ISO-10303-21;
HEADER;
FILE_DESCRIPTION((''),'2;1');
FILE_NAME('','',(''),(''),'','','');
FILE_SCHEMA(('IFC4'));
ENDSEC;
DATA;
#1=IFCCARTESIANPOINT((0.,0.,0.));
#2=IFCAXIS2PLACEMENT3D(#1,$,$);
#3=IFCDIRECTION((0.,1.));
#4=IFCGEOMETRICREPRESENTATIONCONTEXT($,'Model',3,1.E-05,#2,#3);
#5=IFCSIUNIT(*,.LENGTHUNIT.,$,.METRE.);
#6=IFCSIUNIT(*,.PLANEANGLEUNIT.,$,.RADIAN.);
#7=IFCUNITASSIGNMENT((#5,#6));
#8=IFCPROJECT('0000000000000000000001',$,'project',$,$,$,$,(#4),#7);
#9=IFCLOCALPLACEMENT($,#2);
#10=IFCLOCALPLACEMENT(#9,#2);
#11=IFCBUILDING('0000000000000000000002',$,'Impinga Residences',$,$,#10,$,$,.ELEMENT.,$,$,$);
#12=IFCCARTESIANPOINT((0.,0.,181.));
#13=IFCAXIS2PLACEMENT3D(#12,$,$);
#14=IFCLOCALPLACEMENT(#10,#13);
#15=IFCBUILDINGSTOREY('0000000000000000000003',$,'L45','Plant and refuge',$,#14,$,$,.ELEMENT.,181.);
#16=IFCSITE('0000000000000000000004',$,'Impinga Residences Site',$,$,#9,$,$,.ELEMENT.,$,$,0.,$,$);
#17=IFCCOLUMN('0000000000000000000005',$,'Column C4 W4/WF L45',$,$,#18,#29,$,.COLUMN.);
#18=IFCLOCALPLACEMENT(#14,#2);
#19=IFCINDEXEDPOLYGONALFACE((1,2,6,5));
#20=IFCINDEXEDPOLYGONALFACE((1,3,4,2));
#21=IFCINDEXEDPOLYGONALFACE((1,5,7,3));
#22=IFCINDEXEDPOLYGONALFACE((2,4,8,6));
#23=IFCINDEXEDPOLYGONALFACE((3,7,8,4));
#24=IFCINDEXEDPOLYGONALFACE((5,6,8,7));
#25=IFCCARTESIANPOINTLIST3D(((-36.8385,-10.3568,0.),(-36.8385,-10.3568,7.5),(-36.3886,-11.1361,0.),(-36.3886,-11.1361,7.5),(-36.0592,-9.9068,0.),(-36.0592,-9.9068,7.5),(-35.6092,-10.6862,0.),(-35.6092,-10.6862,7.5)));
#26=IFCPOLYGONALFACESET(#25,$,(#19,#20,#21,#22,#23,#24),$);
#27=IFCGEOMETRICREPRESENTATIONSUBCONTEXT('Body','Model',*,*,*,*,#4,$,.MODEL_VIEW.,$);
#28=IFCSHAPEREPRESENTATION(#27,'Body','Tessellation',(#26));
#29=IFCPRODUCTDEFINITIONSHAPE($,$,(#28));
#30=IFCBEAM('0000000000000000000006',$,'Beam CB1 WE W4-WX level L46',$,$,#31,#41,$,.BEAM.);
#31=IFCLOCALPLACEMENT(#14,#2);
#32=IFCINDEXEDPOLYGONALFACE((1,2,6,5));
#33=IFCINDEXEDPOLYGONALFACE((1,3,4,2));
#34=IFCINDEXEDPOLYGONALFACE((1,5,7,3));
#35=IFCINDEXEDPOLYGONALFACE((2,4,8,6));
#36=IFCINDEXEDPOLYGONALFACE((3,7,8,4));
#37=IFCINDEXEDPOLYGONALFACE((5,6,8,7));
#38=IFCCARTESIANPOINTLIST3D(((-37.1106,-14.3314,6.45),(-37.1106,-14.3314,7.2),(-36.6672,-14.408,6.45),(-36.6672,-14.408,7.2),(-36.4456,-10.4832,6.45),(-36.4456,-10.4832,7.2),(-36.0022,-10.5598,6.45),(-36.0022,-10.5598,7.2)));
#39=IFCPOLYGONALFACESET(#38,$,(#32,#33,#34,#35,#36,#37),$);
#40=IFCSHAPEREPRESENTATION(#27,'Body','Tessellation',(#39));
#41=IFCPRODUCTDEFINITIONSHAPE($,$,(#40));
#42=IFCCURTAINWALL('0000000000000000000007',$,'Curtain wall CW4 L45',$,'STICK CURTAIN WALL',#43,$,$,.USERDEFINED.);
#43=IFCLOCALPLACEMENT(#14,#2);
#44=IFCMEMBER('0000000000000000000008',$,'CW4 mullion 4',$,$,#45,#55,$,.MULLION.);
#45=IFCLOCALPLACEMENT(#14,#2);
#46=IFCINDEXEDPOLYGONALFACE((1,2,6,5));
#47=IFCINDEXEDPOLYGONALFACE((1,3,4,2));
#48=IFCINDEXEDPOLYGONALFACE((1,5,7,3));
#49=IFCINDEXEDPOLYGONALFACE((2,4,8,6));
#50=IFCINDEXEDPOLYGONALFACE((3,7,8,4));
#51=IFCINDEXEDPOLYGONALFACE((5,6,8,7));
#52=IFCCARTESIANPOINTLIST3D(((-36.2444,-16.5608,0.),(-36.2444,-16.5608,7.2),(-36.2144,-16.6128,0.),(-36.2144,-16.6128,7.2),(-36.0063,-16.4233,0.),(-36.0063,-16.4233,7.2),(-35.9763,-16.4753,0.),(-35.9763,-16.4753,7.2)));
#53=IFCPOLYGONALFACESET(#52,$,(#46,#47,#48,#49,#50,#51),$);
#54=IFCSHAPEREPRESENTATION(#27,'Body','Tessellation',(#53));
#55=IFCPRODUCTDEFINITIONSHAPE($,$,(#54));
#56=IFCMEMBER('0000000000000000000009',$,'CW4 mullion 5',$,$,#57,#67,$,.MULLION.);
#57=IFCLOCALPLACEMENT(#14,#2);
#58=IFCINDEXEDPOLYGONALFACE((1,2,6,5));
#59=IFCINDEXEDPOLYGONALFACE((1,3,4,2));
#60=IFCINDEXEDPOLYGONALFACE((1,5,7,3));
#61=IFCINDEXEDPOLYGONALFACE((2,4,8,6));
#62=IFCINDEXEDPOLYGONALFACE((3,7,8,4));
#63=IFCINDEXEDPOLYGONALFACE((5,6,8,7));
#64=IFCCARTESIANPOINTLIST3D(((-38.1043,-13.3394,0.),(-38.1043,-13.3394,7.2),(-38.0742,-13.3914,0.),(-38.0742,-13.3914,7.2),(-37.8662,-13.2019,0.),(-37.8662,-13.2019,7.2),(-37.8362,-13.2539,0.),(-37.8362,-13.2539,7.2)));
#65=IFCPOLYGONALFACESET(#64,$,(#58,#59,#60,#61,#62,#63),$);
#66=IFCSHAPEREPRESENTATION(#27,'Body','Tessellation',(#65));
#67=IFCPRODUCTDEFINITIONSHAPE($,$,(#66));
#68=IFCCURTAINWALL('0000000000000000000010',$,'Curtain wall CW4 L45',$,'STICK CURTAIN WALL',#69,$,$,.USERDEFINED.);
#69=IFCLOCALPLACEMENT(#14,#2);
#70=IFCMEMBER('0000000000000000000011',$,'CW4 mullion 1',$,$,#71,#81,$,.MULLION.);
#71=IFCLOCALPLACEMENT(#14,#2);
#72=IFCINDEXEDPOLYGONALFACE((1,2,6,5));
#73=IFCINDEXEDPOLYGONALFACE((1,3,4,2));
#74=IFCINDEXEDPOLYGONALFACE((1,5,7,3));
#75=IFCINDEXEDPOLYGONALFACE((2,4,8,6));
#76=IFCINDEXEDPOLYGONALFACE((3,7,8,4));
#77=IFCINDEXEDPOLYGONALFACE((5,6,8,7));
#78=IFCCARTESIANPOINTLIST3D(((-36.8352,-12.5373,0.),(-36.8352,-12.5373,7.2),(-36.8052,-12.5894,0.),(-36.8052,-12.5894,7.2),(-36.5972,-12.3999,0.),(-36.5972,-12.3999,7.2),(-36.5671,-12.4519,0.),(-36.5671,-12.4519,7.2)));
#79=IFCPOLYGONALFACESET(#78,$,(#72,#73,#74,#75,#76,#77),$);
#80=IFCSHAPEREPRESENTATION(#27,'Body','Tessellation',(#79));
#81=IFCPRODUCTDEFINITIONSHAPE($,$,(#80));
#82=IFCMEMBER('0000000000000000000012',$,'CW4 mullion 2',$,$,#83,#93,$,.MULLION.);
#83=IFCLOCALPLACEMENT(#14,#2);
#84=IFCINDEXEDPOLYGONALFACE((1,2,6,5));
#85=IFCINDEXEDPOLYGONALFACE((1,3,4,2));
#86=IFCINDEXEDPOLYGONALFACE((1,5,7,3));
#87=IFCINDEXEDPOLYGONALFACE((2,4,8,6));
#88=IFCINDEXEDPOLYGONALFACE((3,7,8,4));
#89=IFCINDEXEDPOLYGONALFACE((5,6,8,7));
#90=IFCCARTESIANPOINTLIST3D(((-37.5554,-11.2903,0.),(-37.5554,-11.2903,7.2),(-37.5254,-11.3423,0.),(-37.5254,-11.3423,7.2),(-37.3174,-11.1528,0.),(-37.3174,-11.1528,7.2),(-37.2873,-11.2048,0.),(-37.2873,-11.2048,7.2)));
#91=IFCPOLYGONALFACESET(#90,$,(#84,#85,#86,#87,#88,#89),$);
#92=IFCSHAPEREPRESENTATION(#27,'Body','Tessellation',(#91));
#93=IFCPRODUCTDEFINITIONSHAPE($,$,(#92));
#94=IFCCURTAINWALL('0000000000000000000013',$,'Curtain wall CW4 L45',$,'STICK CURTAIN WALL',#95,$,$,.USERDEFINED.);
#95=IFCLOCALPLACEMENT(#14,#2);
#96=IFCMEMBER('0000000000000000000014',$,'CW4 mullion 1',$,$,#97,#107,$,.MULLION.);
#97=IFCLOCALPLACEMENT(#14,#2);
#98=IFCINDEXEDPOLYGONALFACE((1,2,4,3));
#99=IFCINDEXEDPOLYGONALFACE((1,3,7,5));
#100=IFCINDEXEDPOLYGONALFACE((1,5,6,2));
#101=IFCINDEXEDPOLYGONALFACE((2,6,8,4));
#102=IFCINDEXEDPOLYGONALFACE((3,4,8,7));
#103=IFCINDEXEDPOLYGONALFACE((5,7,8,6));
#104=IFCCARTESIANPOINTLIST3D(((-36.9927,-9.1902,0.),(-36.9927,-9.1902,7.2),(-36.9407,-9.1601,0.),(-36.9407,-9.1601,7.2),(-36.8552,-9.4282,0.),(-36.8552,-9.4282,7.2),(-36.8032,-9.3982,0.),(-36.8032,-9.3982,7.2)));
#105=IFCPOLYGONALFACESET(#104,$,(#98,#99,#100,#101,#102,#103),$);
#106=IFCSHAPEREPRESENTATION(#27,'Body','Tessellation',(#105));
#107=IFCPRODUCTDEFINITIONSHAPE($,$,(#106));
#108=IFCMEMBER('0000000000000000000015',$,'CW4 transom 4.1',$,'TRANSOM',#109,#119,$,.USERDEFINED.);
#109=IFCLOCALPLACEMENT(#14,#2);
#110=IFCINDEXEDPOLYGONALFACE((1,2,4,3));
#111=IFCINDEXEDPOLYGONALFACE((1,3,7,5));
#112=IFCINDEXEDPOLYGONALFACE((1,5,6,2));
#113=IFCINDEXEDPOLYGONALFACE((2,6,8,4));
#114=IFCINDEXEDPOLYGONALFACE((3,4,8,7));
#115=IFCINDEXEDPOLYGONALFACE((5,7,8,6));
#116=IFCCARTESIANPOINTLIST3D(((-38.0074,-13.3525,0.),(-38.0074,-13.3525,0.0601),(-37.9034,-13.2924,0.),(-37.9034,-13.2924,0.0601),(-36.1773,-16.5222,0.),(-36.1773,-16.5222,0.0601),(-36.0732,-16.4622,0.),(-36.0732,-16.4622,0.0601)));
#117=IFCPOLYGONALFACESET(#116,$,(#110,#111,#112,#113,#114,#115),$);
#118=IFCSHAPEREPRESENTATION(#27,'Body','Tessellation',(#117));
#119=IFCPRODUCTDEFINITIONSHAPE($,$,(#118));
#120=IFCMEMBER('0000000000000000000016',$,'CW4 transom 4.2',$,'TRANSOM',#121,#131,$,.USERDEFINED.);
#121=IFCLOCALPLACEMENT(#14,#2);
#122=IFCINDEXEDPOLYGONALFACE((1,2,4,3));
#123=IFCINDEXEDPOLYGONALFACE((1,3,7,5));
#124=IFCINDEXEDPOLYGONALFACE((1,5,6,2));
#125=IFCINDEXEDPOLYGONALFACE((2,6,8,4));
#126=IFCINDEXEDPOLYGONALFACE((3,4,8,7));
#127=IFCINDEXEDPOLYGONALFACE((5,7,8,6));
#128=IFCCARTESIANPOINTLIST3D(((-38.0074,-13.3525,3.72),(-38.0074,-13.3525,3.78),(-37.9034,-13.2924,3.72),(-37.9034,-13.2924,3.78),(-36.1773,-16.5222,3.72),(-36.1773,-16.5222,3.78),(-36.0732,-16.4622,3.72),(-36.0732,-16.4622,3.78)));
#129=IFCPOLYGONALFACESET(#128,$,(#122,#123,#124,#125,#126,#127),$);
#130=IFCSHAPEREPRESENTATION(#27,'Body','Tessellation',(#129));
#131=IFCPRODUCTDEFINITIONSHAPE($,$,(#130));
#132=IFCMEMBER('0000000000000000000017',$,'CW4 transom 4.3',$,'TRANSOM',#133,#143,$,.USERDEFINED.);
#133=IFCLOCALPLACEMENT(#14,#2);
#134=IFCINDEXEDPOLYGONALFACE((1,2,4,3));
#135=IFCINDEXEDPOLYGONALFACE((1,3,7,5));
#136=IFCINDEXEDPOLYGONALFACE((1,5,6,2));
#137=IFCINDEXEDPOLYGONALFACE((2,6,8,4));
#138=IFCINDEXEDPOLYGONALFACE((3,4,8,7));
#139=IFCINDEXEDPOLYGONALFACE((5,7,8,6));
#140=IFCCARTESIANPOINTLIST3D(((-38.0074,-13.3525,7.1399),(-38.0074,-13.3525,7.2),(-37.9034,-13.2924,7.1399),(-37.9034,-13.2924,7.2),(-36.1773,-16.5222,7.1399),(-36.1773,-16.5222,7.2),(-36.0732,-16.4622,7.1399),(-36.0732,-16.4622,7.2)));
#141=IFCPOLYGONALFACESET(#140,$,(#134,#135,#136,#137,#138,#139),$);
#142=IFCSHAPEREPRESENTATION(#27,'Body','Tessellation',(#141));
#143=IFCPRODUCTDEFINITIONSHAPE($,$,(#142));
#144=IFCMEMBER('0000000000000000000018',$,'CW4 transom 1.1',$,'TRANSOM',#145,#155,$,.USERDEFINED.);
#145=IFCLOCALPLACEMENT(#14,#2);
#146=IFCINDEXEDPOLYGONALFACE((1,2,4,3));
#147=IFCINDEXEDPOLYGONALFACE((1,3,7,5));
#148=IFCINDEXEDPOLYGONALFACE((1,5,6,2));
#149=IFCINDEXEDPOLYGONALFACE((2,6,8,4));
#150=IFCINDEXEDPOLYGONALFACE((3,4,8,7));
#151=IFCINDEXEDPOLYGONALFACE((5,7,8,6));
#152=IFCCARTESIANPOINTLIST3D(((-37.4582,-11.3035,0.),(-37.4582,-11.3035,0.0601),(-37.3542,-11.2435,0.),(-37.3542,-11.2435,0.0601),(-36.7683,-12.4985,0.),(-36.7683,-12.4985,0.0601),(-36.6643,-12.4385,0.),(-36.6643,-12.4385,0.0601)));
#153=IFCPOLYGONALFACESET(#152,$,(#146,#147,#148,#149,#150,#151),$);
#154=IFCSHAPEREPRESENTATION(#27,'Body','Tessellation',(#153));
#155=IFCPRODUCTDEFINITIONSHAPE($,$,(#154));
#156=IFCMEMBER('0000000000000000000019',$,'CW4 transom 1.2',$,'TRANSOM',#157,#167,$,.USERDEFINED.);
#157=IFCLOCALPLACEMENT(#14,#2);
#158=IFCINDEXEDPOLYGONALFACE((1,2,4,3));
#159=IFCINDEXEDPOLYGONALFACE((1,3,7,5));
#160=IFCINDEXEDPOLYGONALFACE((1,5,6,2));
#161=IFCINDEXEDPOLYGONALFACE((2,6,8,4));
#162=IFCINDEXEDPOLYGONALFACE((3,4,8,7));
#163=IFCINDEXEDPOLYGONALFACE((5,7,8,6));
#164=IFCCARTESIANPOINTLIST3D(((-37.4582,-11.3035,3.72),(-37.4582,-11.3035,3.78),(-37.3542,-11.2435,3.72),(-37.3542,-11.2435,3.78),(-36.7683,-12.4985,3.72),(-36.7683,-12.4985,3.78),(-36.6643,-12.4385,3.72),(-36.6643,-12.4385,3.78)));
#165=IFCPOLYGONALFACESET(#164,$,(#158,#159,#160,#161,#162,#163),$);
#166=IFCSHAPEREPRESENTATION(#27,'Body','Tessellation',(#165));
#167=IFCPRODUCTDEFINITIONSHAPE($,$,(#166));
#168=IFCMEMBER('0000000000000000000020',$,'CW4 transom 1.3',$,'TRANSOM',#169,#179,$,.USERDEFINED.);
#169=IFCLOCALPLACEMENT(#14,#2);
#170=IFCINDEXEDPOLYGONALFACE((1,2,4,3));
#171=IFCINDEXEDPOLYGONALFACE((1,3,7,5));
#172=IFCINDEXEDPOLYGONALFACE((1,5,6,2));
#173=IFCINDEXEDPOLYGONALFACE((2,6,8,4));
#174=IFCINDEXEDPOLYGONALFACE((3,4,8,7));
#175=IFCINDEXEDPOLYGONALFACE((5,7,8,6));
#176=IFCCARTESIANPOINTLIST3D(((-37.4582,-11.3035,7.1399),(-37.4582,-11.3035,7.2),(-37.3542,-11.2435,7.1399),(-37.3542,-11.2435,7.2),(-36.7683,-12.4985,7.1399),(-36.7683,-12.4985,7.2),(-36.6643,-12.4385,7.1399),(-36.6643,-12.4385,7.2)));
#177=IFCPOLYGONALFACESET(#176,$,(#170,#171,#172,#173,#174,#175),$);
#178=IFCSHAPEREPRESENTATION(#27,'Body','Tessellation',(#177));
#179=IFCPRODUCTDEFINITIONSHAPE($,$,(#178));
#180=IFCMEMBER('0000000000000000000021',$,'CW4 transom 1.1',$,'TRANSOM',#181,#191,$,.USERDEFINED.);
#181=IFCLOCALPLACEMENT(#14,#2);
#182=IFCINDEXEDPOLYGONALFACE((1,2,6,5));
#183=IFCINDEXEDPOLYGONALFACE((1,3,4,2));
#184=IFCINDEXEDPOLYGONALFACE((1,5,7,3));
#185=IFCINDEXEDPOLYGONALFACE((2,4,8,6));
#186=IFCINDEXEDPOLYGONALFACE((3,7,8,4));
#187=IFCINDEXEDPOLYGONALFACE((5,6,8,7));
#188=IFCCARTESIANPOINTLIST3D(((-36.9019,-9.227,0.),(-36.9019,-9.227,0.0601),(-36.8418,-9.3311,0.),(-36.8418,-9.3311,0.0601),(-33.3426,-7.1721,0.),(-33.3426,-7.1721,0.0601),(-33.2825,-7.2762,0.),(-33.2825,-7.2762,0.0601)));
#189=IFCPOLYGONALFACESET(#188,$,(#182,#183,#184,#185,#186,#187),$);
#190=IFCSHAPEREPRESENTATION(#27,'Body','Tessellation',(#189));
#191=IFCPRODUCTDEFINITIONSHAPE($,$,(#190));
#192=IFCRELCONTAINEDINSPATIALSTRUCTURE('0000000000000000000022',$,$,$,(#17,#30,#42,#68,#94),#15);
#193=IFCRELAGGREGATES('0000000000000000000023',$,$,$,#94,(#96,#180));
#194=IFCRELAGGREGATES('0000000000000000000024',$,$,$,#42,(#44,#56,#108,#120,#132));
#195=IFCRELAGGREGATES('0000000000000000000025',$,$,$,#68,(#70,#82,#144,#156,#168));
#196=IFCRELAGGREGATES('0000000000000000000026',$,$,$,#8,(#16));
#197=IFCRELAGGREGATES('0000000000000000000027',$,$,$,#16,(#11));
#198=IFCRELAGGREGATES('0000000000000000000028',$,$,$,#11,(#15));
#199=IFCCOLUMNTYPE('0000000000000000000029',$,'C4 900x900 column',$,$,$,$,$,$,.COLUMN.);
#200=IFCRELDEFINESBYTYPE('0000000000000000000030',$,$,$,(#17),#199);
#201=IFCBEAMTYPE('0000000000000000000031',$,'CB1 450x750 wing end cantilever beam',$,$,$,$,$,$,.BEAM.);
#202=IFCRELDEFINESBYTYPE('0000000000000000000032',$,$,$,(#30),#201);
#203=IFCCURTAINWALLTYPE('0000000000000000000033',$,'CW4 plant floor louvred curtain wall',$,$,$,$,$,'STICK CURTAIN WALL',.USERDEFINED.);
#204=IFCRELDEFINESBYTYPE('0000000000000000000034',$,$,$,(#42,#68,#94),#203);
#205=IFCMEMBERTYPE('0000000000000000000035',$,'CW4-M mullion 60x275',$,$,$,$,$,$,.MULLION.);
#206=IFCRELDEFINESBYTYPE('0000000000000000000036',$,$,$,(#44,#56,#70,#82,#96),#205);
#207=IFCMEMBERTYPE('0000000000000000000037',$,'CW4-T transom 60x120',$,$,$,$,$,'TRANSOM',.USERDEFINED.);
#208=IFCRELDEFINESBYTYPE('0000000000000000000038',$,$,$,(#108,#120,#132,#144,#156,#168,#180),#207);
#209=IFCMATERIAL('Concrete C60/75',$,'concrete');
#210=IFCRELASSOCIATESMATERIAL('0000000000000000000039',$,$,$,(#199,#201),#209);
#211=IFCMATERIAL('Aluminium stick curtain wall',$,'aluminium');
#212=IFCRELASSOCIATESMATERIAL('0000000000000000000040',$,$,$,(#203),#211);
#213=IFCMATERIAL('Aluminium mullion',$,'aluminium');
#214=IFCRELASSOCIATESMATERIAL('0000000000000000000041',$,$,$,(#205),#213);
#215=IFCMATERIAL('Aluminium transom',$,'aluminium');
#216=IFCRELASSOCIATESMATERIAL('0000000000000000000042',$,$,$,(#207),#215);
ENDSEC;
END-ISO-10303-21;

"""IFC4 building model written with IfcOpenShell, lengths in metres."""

from ifc_helpers import new_model, si_unit, direction, frame, origin, origin_2d, place, context, subcontext, project, spatial, rectangle, extrude, material, material_profile, profile_set, type_object, element, aggregate, save


model = new_model("IFC4")

# Units and contexts
model_context = context("Model", 3, precision=1e-05, world=origin(), true_north=direction((0.0, 1.0)))
body_context = subcontext(model_context, "Body", "Model", "MODEL_VIEW")
ifc_project = project(units=[si_unit("LENGTHUNIT", "METRE"), si_unit("PLANEANGLEUNIT", "RADIAN")], contexts=[model_context])

# Site, building, storey
site_placement = place(None, origin())
site = spatial("IfcSite", under=ifc_project, at=site_placement, Name="Impinga Residences Site", CompositionType="ELEMENT", RefElevation=0.0)
building_placement = place(site_placement, origin())
building = spatial("IfcBuilding", under=site, at=building_placement, Name="Impinga Residences", CompositionType="ELEMENT")
storey_placement = place(building_placement, frame((0.0, 0.0, 181.0)))
storey = spatial("IfcBuildingStorey", under=building, at=storey_placement, Name="L45", Description="Plant and refuge", CompositionType="ELEMENT", Elevation=181.0)

# Column
ifc_material_1 = material(Name="Concrete C60/75", Category="concrete")
ifc_material_profile_1 = material_profile(ifc_material_1, rectangle(XDim=0.8999, YDim=0.8999, at=origin_2d()), Name="RC 900x900")
ifc_profile_set_1 = profile_set([ifc_material_profile_1], Name="Concrete C60/75")
column_type = type_object("IfcColumnType", Name="C4 900x900 column", PredefinedType="COLUMN", material=ifc_profile_set_1)
column_placement = place(storey_placement, frame((-36.2239, -10.5215, 0.0), z_axis=(0.0, 0.0, 1.0), x_axis=(-0.5, 0.866025, 0.0)))
element("IfcColumn", 1, at=column_placement, inside=storey, type_object=column_type, Name="Column C4 W4/WF L45", PredefinedType="COLUMN", context=body_context, shape_type="SweptSolid", body=[
    extrude(rectangle(XDim=0.8999, YDim=0.8999, at=origin_2d()), origin(), (0.0, 0.0, 1.0), 7.5),
])

# Beam
ifc_material_profile_2 = material_profile(ifc_material_1, rectangle(XDim=0.45, YDim=0.75, at=origin_2d()), Name="RC 450x750")
ifc_profile_set_2 = profile_set([ifc_material_profile_2], Name="Concrete C60/75")
beam_type = type_object("IfcBeamType", Name="CB1 450x750 wing end cantilever beam", PredefinedType="BEAM", material=ifc_profile_set_2)
beam_placement = place(storey_placement, frame((-36.2239, -10.5215, 6.825), z_axis=(-0.170296, -0.985393, 0.0), x_axis=(0.985393, -0.170296, 0.0)))
element("IfcBeam", 2, at=beam_placement, inside=storey, type_object=beam_type, Name="Beam CB1 WE W4-WX level L46", PredefinedType="BEAM", context=body_context, shape_type="SweptSolid", body=[
    extrude(rectangle(XDim=0.45, YDim=0.75, at=origin_2d()), origin(), (0.0, 0.0, 1.0), 3.9053),
])

# Curtain walls, members
ifc_material_2 = material(Name="Aluminium stick curtain wall", Category="aluminium")
curtain_wall_type = type_object("IfcCurtainWallType", Name="CW4 plant floor louvred curtain wall", ElementType="STICK CURTAIN WALL", PredefinedType="USERDEFINED", material=ifc_material_2)
curtain_wall_1_placement = place(storey_placement, origin())
curtain_wall_1 = element("IfcCurtainWall", 3, at=curtain_wall_1_placement, inside=storey, type_object=curtain_wall_type, Name="Curtain wall CW4 L45", ObjectType="STICK CURTAIN WALL", PredefinedType="USERDEFINED")
ifc_material_3 = material(Name="Aluminium mullion", Category="aluminium")
ifc_material_profile_3 = material_profile(ifc_material_3, rectangle(XDim=0.0601, YDim=0.2749, at=origin_2d()), Name="60x275 mullion")
ifc_profile_set_3 = profile_set([ifc_material_profile_3], Name="Aluminium mullion")
member_type_1 = type_object("IfcMemberType", Name="CW4-M mullion 60x275", PredefinedType="MULLION", material=ifc_profile_set_3)
member_1_placement = place(storey_placement, frame((-36.1104, -16.5181, 0.0), z_axis=(0.0, 0.0, 1.0), x_axis=(-0.5, 0.866025, 0.0)))
member_1 = element("IfcMember", 4, at=member_1_placement, type_object=member_type_1, Name="CW4 mullion 4", PredefinedType="MULLION", context=body_context, shape_type="SweptSolid", body=[
    extrude(rectangle(XDim=0.0601, YDim=0.2749, at=origin_2d()), origin(), (0.0, 0.0, 1.0), 7.2),
])
member_2_placement = place(storey_placement, frame((-37.9702, -13.2966, 0.0), z_axis=(0.0, 0.0, 1.0), x_axis=(-0.5, 0.866025, 0.0)))
member_2 = element("IfcMember", 5, at=member_2_placement, type_object=member_type_1, Name="CW4 mullion 5", PredefinedType="MULLION", context=body_context, shape_type="SweptSolid", body=[
    extrude(rectangle(XDim=0.0601, YDim=0.2749, at=origin_2d()), origin(), (0.0, 0.0, 1.0), 7.2),
])
curtain_wall_2_placement = place(storey_placement, origin())
curtain_wall_2 = element("IfcCurtainWall", 6, at=curtain_wall_2_placement, inside=storey, type_object=curtain_wall_type, Name="Curtain wall CW4 L45", ObjectType="STICK CURTAIN WALL", PredefinedType="USERDEFINED")
member_3_placement = place(storey_placement, frame((-36.7012, -12.4946, 0.0), z_axis=(0.0, 0.0, 1.0), x_axis=(-0.5, 0.866025, 0.0)))
member_3 = element("IfcMember", 7, at=member_3_placement, type_object=member_type_1, Name="CW4 mullion 1", PredefinedType="MULLION", context=body_context, shape_type="SweptSolid", body=[
    extrude(rectangle(XDim=0.0601, YDim=0.2749, at=origin_2d()), origin(), (0.0, 0.0, 1.0), 7.2),
])
member_4_placement = place(storey_placement, frame((-37.4214, -11.2476, 0.0), z_axis=(0.0, 0.0, 1.0), x_axis=(-0.5, 0.866025, 0.0)))
member_4 = element("IfcMember", 8, at=member_4_placement, type_object=member_type_1, Name="CW4 mullion 2", PredefinedType="MULLION", context=body_context, shape_type="SweptSolid", body=[
    extrude(rectangle(XDim=0.0601, YDim=0.2749, at=origin_2d()), origin(), (0.0, 0.0, 1.0), 7.2),
])

# Curtain wall, member
curtain_wall_3_placement = place(storey_placement, origin())
curtain_wall_3 = element("IfcCurtainWall", 9, at=curtain_wall_3_placement, inside=storey, type_object=curtain_wall_type, Name="Curtain wall CW4 L45", ObjectType="STICK CURTAIN WALL", PredefinedType="USERDEFINED")
member_5_placement = place(storey_placement, frame((-36.8979, -9.2942, 0.0), z_axis=(0.0, 0.0, 1.0), x_axis=(0.866025, 0.5, 0.0)))
member_5 = element("IfcMember", 10, at=member_5_placement, type_object=member_type_1, Name="CW4 mullion 1", PredefinedType="MULLION", context=body_context, shape_type="SweptSolid", body=[
    extrude(rectangle(XDim=0.0601, YDim=0.2749, at=origin_2d()), origin(), (0.0, 0.0, 1.0), 7.2),
])

# Members
ifc_material_4 = material(Name="Aluminium transom", Category="aluminium")
ifc_material_profile_4 = material_profile(ifc_material_4, rectangle(XDim=0.0601, YDim=0.1201, at=origin_2d()), Name="60x120 transom")
ifc_profile_set_4 = profile_set([ifc_material_profile_4], Name="Aluminium transom")
member_type_2 = type_object("IfcMemberType", Name="CW4-T transom 60x120", ElementType="TRANSOM", PredefinedType="USERDEFINED", material=ifc_profile_set_4)
member_6_placement = place(storey_placement, frame((-36.1252, -16.4922, 0.03), z_axis=(-0.500013, 0.866018, 0.0), x_axis=(0.0, 0.0, 1.0)))
member_6 = element("IfcMember", 11, at=member_6_placement, type_object=member_type_2, Name="CW4 transom 4.1", ObjectType="TRANSOM", PredefinedType="USERDEFINED", context=body_context, shape_type="SweptSolid", body=[
    extrude(rectangle(XDim=0.0601, YDim=0.1201, at=origin_2d()), origin(), (0.0, 0.0, 1.0), 3.6602),
])
member_7_placement = place(storey_placement, frame((-36.1252, -16.4922, 3.75), z_axis=(-0.500013, 0.866018, 0.0), x_axis=(0.0, 0.0, 1.0)))
member_7 = element("IfcMember", 12, at=member_7_placement, type_object=member_type_2, Name="CW4 transom 4.2", ObjectType="TRANSOM", PredefinedType="USERDEFINED", context=body_context, shape_type="SweptSolid", body=[
    extrude(rectangle(XDim=0.0601, YDim=0.1201, at=origin_2d()), origin(), (0.0, 0.0, 1.0), 3.6602),
])
member_8_placement = place(storey_placement, frame((-36.1252, -16.4922, 7.1699), z_axis=(-0.500013, 0.866018, 0.0), x_axis=(0.0, 0.0, 1.0)))
member_8 = element("IfcMember", 13, at=member_8_placement, type_object=member_type_2, Name="CW4 transom 4.3", ObjectType="TRANSOM", PredefinedType="USERDEFINED", context=body_context, shape_type="SweptSolid", body=[
    extrude(rectangle(XDim=0.0601, YDim=0.1201, at=origin_2d()), origin(), (0.0, 0.0, 1.0), 3.6602),
])
member_9_placement = place(storey_placement, frame((-36.7163, -12.4685, 0.03), z_axis=(-0.499983, 0.866035, 0.0), x_axis=(0.0, 0.0, 1.0)))
member_9 = element("IfcMember", 14, at=member_9_placement, type_object=member_type_2, Name="CW4 transom 1.1", ObjectType="TRANSOM", PredefinedType="USERDEFINED", context=body_context, shape_type="SweptSolid", body=[
    extrude(rectangle(XDim=0.0601, YDim=0.1201, at=origin_2d()), origin(), (0.0, 0.0, 1.0), 1.3799),
])
member_10_placement = place(storey_placement, frame((-36.7163, -12.4685, 3.75), z_axis=(-0.499983, 0.866035, 0.0), x_axis=(0.0, 0.0, 1.0)))
member_10 = element("IfcMember", 15, at=member_10_placement, type_object=member_type_2, Name="CW4 transom 1.2", ObjectType="TRANSOM", PredefinedType="USERDEFINED", context=body_context, shape_type="SweptSolid", body=[
    extrude(rectangle(XDim=0.0601, YDim=0.1201, at=origin_2d()), origin(), (0.0, 0.0, 1.0), 1.3799),
])
member_11_placement = place(storey_placement, frame((-36.7163, -12.4685, 7.1699), z_axis=(-0.499983, 0.866035, 0.0), x_axis=(0.0, 0.0, 1.0)))
member_11 = element("IfcMember", 16, at=member_11_placement, type_object=member_type_2, Name="CW4 transom 1.3", ObjectType="TRANSOM", PredefinedType="USERDEFINED", context=body_context, shape_type="SweptSolid", body=[
    extrude(rectangle(XDim=0.0601, YDim=0.1201, at=origin_2d()), origin(), (0.0, 0.0, 1.0), 1.3799),
])
member_12_placement = place(storey_placement, frame((-36.8718, -9.2791, 0.03), z_axis=(0.86603, 0.499992, 0.0), x_axis=(0.0, 0.0, 1.0)))
member_12 = element("IfcMember", 17, at=member_12_placement, type_object=member_type_2, Name="CW4 transom 1.1", ObjectType="TRANSOM", PredefinedType="USERDEFINED", context=body_context, shape_type="SweptSolid", body=[
    extrude(rectangle(XDim=0.0601, YDim=0.1201, at=origin_2d()), origin(), (0.0, 0.0, 1.0), 4.1099),
])
aggregate(curtain_wall_3, [member_5, member_12])

aggregate(curtain_wall_1, [member_1, member_2, member_6, member_7, member_8])
aggregate(curtain_wall_2, [member_3, member_4, member_9, member_10, member_11])

save(model, "model.ifc")
